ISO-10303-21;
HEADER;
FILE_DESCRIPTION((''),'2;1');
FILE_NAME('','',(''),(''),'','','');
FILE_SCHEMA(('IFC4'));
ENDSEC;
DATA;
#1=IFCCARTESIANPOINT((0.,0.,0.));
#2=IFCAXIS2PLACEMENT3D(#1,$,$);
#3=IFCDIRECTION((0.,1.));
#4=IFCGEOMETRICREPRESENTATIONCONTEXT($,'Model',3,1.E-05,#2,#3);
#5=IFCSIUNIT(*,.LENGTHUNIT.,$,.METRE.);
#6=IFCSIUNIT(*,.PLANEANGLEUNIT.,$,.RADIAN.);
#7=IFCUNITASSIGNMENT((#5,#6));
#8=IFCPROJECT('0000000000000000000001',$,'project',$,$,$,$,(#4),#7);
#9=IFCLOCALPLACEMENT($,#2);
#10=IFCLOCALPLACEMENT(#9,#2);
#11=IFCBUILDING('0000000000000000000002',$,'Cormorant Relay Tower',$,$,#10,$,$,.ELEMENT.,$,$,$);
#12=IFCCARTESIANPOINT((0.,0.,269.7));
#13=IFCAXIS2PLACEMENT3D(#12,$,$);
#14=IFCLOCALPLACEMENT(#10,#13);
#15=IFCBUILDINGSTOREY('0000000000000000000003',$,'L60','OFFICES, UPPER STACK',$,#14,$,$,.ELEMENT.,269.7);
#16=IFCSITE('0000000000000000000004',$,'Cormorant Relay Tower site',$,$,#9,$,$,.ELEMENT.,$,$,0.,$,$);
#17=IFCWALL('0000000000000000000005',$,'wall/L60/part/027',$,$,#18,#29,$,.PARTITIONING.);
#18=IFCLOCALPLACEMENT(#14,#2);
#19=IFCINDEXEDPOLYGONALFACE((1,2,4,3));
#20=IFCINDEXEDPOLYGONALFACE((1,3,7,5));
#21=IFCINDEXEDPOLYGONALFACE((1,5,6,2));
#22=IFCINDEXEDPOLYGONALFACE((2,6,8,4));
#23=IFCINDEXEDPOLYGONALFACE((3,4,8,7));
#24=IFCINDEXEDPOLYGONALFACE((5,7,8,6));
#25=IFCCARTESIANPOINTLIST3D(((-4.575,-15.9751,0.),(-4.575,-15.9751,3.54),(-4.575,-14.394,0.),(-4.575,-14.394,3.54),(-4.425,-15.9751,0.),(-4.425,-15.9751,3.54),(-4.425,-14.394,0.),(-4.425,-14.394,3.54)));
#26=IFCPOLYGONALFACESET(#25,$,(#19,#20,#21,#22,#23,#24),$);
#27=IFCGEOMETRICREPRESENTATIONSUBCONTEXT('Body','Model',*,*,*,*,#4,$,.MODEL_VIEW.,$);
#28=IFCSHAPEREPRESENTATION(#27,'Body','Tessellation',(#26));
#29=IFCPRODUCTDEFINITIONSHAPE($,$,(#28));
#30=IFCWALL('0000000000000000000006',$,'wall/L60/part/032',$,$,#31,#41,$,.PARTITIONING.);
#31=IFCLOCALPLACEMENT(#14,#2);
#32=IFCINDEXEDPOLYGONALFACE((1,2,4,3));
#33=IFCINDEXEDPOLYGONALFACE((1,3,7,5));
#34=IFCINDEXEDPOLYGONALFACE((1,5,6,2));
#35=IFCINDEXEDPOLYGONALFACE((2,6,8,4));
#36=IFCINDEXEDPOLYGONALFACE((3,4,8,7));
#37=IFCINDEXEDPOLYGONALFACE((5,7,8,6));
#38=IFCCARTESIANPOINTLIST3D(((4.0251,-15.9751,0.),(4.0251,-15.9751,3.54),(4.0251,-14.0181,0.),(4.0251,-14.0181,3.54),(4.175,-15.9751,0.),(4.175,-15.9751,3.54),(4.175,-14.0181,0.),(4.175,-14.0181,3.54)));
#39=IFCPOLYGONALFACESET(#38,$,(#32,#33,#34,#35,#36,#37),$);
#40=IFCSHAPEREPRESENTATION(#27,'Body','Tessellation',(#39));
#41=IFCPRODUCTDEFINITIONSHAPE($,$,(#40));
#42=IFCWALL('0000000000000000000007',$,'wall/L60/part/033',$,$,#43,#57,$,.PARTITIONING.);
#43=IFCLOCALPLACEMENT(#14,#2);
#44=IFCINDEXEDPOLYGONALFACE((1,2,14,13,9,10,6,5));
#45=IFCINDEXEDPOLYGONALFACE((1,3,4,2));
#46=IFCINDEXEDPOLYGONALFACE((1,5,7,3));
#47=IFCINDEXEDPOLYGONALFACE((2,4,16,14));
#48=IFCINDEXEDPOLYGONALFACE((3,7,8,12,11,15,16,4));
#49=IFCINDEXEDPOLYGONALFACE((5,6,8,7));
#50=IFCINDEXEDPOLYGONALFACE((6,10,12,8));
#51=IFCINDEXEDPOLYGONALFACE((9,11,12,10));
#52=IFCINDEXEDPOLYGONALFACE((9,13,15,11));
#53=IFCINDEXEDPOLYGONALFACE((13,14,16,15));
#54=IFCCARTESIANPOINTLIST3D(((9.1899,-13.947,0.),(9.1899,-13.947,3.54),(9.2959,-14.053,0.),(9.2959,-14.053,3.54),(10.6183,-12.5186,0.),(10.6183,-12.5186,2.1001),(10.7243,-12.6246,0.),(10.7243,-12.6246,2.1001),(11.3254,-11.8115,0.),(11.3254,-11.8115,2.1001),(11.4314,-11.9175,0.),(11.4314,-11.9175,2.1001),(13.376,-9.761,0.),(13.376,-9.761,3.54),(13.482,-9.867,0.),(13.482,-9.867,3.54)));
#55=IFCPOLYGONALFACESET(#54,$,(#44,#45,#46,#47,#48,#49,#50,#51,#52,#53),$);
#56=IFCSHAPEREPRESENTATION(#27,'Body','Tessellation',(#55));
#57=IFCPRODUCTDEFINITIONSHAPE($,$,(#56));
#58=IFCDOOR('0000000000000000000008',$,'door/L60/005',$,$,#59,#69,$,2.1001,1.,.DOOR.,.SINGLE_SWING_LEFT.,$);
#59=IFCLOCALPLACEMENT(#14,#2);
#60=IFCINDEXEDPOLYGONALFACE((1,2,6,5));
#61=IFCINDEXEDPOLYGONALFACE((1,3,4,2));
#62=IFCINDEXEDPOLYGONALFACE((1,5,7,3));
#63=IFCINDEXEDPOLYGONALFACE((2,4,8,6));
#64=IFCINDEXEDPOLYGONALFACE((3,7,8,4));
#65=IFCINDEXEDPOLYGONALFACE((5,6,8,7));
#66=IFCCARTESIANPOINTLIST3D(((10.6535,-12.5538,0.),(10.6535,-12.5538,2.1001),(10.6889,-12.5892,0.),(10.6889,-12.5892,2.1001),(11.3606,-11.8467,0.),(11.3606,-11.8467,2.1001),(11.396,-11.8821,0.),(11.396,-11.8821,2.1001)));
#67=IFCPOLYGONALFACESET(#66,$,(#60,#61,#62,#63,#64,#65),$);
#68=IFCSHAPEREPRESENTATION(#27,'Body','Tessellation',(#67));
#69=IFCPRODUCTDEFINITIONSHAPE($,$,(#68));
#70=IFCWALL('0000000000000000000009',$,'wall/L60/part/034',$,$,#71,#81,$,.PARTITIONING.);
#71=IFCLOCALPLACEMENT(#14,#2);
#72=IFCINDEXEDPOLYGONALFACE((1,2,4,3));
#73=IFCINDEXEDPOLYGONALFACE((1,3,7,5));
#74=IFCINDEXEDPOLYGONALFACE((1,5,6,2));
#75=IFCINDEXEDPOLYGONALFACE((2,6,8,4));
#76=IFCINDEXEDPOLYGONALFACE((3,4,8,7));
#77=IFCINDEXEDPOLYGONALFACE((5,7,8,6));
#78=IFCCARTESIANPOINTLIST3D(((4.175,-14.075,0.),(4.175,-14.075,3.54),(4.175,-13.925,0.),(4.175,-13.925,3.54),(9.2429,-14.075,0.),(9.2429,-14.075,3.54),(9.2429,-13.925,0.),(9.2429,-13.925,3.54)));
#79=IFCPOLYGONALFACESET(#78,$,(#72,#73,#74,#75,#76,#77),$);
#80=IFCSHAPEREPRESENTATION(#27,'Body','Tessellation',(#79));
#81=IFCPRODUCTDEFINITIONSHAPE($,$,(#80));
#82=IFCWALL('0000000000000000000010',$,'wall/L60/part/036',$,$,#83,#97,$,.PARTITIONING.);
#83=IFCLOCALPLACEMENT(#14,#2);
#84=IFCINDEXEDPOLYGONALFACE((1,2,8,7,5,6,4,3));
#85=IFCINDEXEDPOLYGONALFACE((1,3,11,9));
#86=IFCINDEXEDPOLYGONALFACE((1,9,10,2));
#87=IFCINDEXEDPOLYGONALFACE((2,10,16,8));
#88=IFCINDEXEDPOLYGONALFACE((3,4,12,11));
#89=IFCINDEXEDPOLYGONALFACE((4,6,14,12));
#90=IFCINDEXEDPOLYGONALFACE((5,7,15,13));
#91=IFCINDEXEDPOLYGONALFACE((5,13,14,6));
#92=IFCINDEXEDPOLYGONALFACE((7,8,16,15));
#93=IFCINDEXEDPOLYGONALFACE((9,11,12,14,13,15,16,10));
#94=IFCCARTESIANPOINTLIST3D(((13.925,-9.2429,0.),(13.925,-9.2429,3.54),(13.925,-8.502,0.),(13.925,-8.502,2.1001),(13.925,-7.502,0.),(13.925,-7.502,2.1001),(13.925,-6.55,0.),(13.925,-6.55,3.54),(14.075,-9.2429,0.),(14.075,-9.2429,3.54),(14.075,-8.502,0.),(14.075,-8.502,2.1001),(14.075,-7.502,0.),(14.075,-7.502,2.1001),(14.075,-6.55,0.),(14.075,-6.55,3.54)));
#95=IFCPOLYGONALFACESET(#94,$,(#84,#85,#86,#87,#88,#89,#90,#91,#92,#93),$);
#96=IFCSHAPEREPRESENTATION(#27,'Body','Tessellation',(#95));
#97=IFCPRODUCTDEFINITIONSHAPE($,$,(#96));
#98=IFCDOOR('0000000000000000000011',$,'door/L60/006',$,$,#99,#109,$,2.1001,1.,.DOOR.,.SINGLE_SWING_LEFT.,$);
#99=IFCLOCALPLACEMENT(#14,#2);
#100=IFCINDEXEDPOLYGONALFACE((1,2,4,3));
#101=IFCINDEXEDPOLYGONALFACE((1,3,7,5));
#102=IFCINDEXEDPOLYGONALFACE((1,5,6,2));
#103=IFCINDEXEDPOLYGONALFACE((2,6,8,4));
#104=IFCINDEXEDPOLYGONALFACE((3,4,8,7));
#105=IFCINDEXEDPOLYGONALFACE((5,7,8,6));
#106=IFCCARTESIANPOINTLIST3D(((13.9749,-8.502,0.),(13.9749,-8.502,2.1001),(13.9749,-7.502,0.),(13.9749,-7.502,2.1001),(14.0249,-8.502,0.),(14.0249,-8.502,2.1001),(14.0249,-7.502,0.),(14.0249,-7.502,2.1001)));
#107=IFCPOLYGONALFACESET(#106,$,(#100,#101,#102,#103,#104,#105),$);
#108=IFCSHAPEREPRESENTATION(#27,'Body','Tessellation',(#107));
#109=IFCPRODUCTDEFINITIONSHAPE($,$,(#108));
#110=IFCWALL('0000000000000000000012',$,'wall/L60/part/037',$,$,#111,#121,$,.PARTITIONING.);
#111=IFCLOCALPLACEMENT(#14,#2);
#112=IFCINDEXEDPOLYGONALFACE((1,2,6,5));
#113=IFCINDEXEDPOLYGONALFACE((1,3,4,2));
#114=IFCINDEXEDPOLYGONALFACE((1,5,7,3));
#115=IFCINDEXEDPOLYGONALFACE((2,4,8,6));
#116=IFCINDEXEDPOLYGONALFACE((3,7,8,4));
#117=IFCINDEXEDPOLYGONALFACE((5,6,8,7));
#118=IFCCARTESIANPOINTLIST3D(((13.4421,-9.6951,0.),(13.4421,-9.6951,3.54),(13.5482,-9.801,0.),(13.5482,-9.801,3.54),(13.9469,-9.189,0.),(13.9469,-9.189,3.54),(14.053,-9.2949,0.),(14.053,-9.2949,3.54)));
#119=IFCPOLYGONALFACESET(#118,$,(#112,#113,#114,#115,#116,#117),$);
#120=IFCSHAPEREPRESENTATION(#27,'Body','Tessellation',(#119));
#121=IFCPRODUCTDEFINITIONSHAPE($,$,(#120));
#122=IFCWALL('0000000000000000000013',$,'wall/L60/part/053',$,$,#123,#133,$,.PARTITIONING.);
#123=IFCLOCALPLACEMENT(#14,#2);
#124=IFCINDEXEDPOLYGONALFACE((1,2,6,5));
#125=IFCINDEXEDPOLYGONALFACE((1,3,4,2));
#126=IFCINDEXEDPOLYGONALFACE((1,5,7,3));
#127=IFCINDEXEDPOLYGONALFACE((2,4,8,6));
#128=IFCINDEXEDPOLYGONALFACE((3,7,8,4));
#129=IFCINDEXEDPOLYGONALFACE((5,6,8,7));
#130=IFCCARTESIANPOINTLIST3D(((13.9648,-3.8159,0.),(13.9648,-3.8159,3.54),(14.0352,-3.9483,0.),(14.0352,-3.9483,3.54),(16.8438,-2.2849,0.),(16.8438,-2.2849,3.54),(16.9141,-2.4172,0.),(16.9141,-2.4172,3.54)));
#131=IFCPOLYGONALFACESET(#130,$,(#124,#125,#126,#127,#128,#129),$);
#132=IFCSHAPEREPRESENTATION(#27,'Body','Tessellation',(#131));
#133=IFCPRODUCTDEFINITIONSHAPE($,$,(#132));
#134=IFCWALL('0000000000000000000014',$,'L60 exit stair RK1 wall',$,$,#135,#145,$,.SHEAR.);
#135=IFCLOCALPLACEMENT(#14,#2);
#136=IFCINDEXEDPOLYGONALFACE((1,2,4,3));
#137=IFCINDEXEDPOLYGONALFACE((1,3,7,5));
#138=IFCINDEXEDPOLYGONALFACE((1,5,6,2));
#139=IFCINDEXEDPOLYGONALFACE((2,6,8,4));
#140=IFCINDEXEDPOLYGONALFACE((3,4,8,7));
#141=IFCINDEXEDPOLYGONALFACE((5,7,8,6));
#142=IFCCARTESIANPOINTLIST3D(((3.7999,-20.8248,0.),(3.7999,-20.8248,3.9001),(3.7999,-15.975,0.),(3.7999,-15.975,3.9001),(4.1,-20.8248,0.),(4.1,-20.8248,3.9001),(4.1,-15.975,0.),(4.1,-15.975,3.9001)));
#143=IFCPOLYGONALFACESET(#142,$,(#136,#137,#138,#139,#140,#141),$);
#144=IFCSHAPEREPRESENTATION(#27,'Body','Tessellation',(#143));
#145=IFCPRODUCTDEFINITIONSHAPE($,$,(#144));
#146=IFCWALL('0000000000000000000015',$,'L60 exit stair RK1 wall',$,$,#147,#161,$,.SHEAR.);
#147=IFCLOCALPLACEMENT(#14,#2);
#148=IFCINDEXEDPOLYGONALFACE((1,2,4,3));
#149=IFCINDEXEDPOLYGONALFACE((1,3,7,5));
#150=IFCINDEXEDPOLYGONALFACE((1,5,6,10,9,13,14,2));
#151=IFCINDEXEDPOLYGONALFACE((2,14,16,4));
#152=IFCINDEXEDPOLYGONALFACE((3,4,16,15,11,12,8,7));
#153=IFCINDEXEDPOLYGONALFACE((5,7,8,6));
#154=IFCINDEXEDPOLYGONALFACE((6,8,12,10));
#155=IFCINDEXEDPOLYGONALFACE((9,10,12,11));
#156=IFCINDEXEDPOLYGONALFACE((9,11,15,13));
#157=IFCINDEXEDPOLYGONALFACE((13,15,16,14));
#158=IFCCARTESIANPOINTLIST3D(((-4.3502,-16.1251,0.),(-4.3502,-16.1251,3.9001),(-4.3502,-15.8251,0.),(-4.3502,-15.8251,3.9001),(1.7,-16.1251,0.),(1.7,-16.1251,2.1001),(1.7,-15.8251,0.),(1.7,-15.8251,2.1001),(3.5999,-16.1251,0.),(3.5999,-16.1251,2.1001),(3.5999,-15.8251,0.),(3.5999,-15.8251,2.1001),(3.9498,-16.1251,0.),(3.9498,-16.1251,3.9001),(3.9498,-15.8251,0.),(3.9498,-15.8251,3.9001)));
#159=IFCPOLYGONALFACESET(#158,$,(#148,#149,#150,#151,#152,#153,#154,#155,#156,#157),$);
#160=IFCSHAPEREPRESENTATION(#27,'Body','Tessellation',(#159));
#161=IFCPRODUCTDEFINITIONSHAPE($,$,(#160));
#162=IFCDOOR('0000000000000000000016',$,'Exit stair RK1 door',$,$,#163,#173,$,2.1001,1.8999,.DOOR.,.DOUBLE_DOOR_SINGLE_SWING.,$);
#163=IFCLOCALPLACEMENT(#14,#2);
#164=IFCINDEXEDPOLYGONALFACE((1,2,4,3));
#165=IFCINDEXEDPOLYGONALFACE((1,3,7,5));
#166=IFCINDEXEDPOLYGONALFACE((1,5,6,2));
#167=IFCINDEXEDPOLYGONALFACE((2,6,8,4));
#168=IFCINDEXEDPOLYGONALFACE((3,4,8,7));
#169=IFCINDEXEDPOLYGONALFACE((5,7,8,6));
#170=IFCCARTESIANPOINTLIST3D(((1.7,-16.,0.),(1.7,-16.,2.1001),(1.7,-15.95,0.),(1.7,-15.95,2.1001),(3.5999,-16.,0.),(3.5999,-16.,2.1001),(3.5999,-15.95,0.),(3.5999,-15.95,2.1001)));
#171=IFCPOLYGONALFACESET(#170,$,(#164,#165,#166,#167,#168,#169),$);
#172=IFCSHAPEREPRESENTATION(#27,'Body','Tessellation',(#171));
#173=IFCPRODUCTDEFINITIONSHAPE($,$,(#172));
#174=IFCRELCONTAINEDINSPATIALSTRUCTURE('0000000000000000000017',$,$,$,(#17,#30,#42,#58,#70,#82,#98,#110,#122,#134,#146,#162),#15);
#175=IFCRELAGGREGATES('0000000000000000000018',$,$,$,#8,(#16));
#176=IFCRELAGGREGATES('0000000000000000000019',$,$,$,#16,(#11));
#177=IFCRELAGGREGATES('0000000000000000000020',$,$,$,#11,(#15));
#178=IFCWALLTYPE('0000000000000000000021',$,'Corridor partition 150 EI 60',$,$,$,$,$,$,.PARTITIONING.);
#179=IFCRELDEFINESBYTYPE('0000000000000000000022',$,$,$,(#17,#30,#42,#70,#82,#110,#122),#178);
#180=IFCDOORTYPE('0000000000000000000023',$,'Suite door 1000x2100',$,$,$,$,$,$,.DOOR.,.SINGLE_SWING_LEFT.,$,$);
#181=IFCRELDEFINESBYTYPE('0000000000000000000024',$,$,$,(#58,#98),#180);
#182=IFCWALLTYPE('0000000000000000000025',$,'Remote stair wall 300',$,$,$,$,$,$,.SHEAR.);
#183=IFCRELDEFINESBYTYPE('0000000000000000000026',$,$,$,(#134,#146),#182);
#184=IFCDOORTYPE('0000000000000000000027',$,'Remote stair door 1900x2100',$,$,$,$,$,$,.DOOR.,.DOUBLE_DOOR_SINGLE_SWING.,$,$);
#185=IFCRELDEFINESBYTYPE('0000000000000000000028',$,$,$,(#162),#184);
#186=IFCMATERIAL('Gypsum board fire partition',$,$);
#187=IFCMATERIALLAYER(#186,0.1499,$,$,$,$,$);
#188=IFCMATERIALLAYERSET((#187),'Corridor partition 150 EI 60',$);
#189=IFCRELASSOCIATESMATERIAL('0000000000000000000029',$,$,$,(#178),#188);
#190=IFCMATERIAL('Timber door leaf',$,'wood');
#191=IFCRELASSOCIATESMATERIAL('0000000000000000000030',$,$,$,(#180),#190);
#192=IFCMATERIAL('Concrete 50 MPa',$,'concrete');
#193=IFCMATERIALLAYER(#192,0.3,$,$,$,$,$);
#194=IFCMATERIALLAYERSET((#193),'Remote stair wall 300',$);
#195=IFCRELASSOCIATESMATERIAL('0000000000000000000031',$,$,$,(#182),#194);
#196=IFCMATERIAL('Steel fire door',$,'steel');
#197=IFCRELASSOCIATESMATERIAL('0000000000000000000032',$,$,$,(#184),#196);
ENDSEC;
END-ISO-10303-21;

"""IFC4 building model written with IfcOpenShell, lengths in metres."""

from ifc_helpers import new_model, si_unit, direction, frame, frame_2d, origin, place, context, subcontext, project, spatial, rectangle, extrude, material, layer, layer_set, type_object, element, fill, save


model = new_model("IFC4")

# Units and contexts
model_context = context("Model", 3, precision=1e-05, world=origin(), true_north=direction((0.0, 1.0)))
body_context = subcontext(model_context, "Body", "Model", "MODEL_VIEW")
ifc_project = project(units=[si_unit("LENGTHUNIT", "METRE"), si_unit("PLANEANGLEUNIT", "RADIAN")], contexts=[model_context])

# Site, building, storey
site_placement = place(None, origin())
site = spatial("IfcSite", under=ifc_project, at=site_placement, Name="Cormorant Relay Tower site", CompositionType="ELEMENT", RefElevation=0.0)
building_placement = place(site_placement, origin())
building = spatial("IfcBuilding", under=site, at=building_placement, Name="Cormorant Relay Tower", CompositionType="ELEMENT")
storey_placement = place(building_placement, frame((0.0, 0.0, 269.7)))
storey = spatial("IfcBuildingStorey", under=building, at=storey_placement, Name="L60", Description="OFFICES, UPPER STACK", CompositionType="ELEMENT", Elevation=269.7)

# Shared definitions
ifc_material_1 = material(Name="Gypsum board fire partition")
ifc_layer_1 = layer(ifc_material_1, 0.1499)
ifc_layer_set_1 = layer_set([ifc_layer_1], Name="Corridor partition 150 EI 60")
wall_type_1 = type_object("IfcWallType", Name="Corridor partition 150 EI 60", PredefinedType="PARTITIONING", material=ifc_layer_set_1)
ifc_material_2 = material(Name="Timber door leaf", Category="wood")
door_type_1 = type_object("IfcDoorType", Name="Suite door 1000x2100", OperationType="SINGLE_SWING_LEFT", PredefinedType="DOOR", material=ifc_material_2)

# Walls
wall_1_placement = place(storey_placement, frame((-4.5, -15.9751, 0.0), z_axis=(0.0, 0.0, 1.0), x_axis=(0.0, 1.0, 0.0)))
element("IfcWall", 1, at=wall_1_placement, inside=storey, type_object=wall_type_1, Name="wall/L60/part/027", PredefinedType="PARTITIONING", context=body_context, shape_type="SweptSolid", body=[
    extrude(rectangle(XDim=1.5811, YDim=0.1499, at=frame_2d((0.7905, 0.0))), origin(), (0.0, 0.0, 1.0), 3.54),
])
wall_2_placement = place(storey_placement, frame((4.1001, -15.9751, 0.0), z_axis=(0.0, 0.0, 1.0), x_axis=(0.0, 1.0, 0.0)))
element("IfcWall", 2, at=wall_2_placement, inside=storey, type_object=wall_type_1, Name="wall/L60/part/032", PredefinedType="PARTITIONING", context=body_context, shape_type="SweptSolid", body=[
    extrude(rectangle(XDim=1.957, YDim=0.1499, at=frame_2d((0.9785, 0.0))), origin(), (0.0, 0.0, 1.0), 3.54),
])

# Wall, opening, door
wall_3_placement = place(storey_placement, frame((13.429, -9.814, 0.0), z_axis=(0.0, 0.0, 1.0), x_axis=(-0.707107, -0.707107, 0.0)))
wall_3 = element("IfcWall", 3, at=wall_3_placement, inside=storey, type_object=wall_type_1, Name="wall/L60/part/033", PredefinedType="PARTITIONING", context=body_context, shape_type="SweptSolid", body=[
    extrude(rectangle(XDim=5.9199, YDim=0.1499, at=frame_2d((2.96, 0.0))), origin(), (0.0, 0.0, 1.0), 3.54),
])
opening_1_placement = place(wall_3_placement, frame((2.8999, 0.0, 0.0)))
opening_1 = element("IfcOpeningElement", 4, at=opening_1_placement, cuts=wall_3, PredefinedType="OPENING", context=body_context, shape_type="SweptSolid", body=[
    extrude(rectangle(XDim=1.0, YDim=2.1001, at=frame_2d((0.5, 1.05))), frame((0.0, 0.085, 0.0), z_axis=(0.0, -1.0, 0.0), x_axis=(1.0, 0.0, 0.0)), (0.0, 0.0, 1.0), 0.1699),
])
door_1_placement = place(opening_1_placement, origin())
door_1 = element("IfcDoor", 5, at=door_1_placement, inside=storey, type_object=door_type_1, Name="door/L60/005", OperationType="SINGLE_SWING_LEFT", OverallHeight=2.1001, OverallWidth=1.0, PredefinedType="DOOR", context=body_context, shape_type="SweptSolid", body=[
    extrude(rectangle(XDim=1.0, YDim=2.1001, at=frame_2d((0.5, 1.05))), frame((0.0, 0.0249, 0.0), z_axis=(0.0, -1.0, 0.0), x_axis=(1.0, 0.0, 0.0)), (0.0, 0.0, 1.0), 0.05),
])
fill(opening_1, door_1)

# Wall
wall_4_placement = place(storey_placement, frame((9.2429, -14.0, 0.0), z_axis=(0.0, 0.0, 1.0), x_axis=(-1.0, 0.0, 0.0)))
element("IfcWall", 6, at=wall_4_placement, inside=storey, type_object=wall_type_1, Name="wall/L60/part/034", PredefinedType="PARTITIONING", context=body_context, shape_type="SweptSolid", body=[
    extrude(rectangle(XDim=5.0679, YDim=0.1499, at=frame_2d((2.5339, 0.0))), origin(), (0.0, 0.0, 1.0), 3.54),
])

# Wall, opening, door
wall_5_placement = place(storey_placement, frame((14.0, -6.55, 0.0), z_axis=(0.0, 0.0, 1.0), x_axis=(0.0, -1.0, 0.0)))
wall_5 = element("IfcWall", 7, at=wall_5_placement, inside=storey, type_object=wall_type_1, Name="wall/L60/part/036", PredefinedType="PARTITIONING", context=body_context, shape_type="SweptSolid", body=[
    extrude(rectangle(XDim=2.6929, YDim=0.1499, at=frame_2d((1.3464, 0.0))), origin(), (0.0, 0.0, 1.0), 3.54),
])
opening_2_placement = place(wall_5_placement, frame((0.9519, 0.0, 0.0)))
opening_2 = element("IfcOpeningElement", 8, at=opening_2_placement, cuts=wall_5, PredefinedType="OPENING", context=body_context, shape_type="SweptSolid", body=[
    extrude(rectangle(XDim=1.0, YDim=2.1001, at=frame_2d((0.5, 1.05))), frame((0.0, 0.085, 0.0), z_axis=(0.0, -1.0, 0.0), x_axis=(1.0, 0.0, 0.0)), (0.0, 0.0, 1.0), 0.1699),
])
door_2_placement = place(opening_2_placement, origin())
door_2 = element("IfcDoor", 9, at=door_2_placement, inside=storey, type_object=door_type_1, Name="door/L60/006", OperationType="SINGLE_SWING_LEFT", OverallHeight=2.1001, OverallWidth=1.0, PredefinedType="DOOR", context=body_context, shape_type="SweptSolid", body=[
    extrude(rectangle(XDim=1.0, YDim=2.1001, at=frame_2d((0.5, 1.05))), frame((0.0, 0.0249, 0.0), z_axis=(0.0, -1.0, 0.0), x_axis=(1.0, 0.0, 0.0)), (0.0, 0.0, 1.0), 0.05),
])
fill(opening_2, door_2)

# Walls
wall_6_placement = place(storey_placement, frame((13.4951, -9.748, 0.0), z_axis=(0.0, 0.0, 1.0), x_axis=(0.706252, 0.70796, 0.0)))
element("IfcWall", 10, at=wall_6_placement, inside=storey, type_object=wall_type_1, Name="wall/L60/part/037", PredefinedType="PARTITIONING", context=body_context, shape_type="SweptSolid", body=[
    extrude(rectangle(XDim=0.7148, YDim=0.1499, at=frame_2d((0.3574, 0.0))), origin(), (0.0, 0.0, 1.0), 3.54),
])
wall_7_placement = place(storey_placement, frame((14.0, -3.8821, 0.0), z_axis=(0.0, 0.0, 1.0), x_axis=(0.882914, 0.469535, 0.0)))
element("IfcWall", 11, at=wall_7_placement, inside=storey, type_object=wall_type_1, Name="wall/L60/part/053", PredefinedType="PARTITIONING", context=body_context, shape_type="SweptSolid", body=[
    extrude(rectangle(XDim=3.2607, YDim=0.1499, at=frame_2d((1.6304, 0.0))), origin(), (0.0, 0.0, 1.0), 3.54),
])
ifc_material_3 = material(Name="Concrete 50 MPa", Category="concrete")
ifc_layer_2 = layer(ifc_material_3, 0.3)
ifc_layer_set_2 = layer_set([ifc_layer_2], Name="Remote stair wall 300")
wall_type_2 = type_object("IfcWallType", Name="Remote stair wall 300", PredefinedType="SHEAR", material=ifc_layer_set_2)
wall_8_placement = place(storey_placement, frame((3.95, -15.9751, 0.0), z_axis=(0.0, 0.0, 1.0), x_axis=(0.0, -1.0, 0.0)))
element("IfcWall", 12, at=wall_8_placement, inside=storey, type_object=wall_type_2, Name="L60 exit stair RK1 wall", PredefinedType="SHEAR", context=body_context, shape_type="SweptSolid", body=[
    extrude(rectangle(XDim=4.8499, YDim=0.3, at=frame_2d((2.4248, 0.0))), origin(), (0.0, 0.0, 1.0), 3.9001),
])

# Wall, opening, door
wall_9_placement = place(storey_placement, frame((-4.3501, -15.9751, 0.0), z_axis=(0.0, 0.0, 1.0), x_axis=(1.0, 0.0, 0.0)))
wall_9 = element("IfcWall", 13, at=wall_9_placement, inside=storey, type_object=wall_type_2, Name="L60 exit stair RK1 wall", PredefinedType="SHEAR", context=body_context, shape_type="SweptSolid", body=[
    extrude(rectangle(XDim=8.3, YDim=0.3, at=frame_2d((4.1499, 0.0))), origin(), (0.0, 0.0, 1.0), 3.9001),
])
opening_3_placement = place(wall_9_placement, frame((6.05, 0.0, 0.0)))
opening_3 = element("IfcOpeningElement", 14, at=opening_3_placement, cuts=wall_9, PredefinedType="OPENING", context=body_context, shape_type="SweptSolid", body=[
    extrude(rectangle(XDim=1.8999, YDim=2.1001, at=frame_2d((0.95, 1.05))), frame((0.0, 0.1599, 0.0), z_axis=(0.0, -1.0, 0.0), x_axis=(1.0, 0.0, 0.0)), (0.0, 0.0, 1.0), 0.3201),
])
ifc_material_4 = material(Name="Steel fire door", Category="steel")
door_type_2 = type_object("IfcDoorType", Name="Remote stair door 1900x2100", OperationType="DOUBLE_DOOR_SINGLE_SWING", PredefinedType="DOOR", material=ifc_material_4)
door_3_placement = place(opening_3_placement, frame((1.8999, 0.0, 0.0), z_axis=(0.0, 0.0, 1.0), x_axis=(-1.0, 0.0, 0.0)))
door_3 = element("IfcDoor", 15, at=door_3_placement, inside=storey, type_object=door_type_2, Name="Exit stair RK1 door", OperationType="DOUBLE_DOOR_SINGLE_SWING", OverallHeight=2.1001, OverallWidth=1.8999, PredefinedType="DOOR", context=body_context, shape_type="SweptSolid", body=[
    extrude(rectangle(XDim=1.8999, YDim=2.1001, at=frame_2d((0.95, 1.05))), frame((0.0, 0.0249, 0.0), z_axis=(0.0, -1.0, 0.0), x_axis=(1.0, 0.0, 0.0)), (0.0, 0.0, 1.0), 0.05),
])
fill(opening_3, door_3)

save(model, "model.ifc")
